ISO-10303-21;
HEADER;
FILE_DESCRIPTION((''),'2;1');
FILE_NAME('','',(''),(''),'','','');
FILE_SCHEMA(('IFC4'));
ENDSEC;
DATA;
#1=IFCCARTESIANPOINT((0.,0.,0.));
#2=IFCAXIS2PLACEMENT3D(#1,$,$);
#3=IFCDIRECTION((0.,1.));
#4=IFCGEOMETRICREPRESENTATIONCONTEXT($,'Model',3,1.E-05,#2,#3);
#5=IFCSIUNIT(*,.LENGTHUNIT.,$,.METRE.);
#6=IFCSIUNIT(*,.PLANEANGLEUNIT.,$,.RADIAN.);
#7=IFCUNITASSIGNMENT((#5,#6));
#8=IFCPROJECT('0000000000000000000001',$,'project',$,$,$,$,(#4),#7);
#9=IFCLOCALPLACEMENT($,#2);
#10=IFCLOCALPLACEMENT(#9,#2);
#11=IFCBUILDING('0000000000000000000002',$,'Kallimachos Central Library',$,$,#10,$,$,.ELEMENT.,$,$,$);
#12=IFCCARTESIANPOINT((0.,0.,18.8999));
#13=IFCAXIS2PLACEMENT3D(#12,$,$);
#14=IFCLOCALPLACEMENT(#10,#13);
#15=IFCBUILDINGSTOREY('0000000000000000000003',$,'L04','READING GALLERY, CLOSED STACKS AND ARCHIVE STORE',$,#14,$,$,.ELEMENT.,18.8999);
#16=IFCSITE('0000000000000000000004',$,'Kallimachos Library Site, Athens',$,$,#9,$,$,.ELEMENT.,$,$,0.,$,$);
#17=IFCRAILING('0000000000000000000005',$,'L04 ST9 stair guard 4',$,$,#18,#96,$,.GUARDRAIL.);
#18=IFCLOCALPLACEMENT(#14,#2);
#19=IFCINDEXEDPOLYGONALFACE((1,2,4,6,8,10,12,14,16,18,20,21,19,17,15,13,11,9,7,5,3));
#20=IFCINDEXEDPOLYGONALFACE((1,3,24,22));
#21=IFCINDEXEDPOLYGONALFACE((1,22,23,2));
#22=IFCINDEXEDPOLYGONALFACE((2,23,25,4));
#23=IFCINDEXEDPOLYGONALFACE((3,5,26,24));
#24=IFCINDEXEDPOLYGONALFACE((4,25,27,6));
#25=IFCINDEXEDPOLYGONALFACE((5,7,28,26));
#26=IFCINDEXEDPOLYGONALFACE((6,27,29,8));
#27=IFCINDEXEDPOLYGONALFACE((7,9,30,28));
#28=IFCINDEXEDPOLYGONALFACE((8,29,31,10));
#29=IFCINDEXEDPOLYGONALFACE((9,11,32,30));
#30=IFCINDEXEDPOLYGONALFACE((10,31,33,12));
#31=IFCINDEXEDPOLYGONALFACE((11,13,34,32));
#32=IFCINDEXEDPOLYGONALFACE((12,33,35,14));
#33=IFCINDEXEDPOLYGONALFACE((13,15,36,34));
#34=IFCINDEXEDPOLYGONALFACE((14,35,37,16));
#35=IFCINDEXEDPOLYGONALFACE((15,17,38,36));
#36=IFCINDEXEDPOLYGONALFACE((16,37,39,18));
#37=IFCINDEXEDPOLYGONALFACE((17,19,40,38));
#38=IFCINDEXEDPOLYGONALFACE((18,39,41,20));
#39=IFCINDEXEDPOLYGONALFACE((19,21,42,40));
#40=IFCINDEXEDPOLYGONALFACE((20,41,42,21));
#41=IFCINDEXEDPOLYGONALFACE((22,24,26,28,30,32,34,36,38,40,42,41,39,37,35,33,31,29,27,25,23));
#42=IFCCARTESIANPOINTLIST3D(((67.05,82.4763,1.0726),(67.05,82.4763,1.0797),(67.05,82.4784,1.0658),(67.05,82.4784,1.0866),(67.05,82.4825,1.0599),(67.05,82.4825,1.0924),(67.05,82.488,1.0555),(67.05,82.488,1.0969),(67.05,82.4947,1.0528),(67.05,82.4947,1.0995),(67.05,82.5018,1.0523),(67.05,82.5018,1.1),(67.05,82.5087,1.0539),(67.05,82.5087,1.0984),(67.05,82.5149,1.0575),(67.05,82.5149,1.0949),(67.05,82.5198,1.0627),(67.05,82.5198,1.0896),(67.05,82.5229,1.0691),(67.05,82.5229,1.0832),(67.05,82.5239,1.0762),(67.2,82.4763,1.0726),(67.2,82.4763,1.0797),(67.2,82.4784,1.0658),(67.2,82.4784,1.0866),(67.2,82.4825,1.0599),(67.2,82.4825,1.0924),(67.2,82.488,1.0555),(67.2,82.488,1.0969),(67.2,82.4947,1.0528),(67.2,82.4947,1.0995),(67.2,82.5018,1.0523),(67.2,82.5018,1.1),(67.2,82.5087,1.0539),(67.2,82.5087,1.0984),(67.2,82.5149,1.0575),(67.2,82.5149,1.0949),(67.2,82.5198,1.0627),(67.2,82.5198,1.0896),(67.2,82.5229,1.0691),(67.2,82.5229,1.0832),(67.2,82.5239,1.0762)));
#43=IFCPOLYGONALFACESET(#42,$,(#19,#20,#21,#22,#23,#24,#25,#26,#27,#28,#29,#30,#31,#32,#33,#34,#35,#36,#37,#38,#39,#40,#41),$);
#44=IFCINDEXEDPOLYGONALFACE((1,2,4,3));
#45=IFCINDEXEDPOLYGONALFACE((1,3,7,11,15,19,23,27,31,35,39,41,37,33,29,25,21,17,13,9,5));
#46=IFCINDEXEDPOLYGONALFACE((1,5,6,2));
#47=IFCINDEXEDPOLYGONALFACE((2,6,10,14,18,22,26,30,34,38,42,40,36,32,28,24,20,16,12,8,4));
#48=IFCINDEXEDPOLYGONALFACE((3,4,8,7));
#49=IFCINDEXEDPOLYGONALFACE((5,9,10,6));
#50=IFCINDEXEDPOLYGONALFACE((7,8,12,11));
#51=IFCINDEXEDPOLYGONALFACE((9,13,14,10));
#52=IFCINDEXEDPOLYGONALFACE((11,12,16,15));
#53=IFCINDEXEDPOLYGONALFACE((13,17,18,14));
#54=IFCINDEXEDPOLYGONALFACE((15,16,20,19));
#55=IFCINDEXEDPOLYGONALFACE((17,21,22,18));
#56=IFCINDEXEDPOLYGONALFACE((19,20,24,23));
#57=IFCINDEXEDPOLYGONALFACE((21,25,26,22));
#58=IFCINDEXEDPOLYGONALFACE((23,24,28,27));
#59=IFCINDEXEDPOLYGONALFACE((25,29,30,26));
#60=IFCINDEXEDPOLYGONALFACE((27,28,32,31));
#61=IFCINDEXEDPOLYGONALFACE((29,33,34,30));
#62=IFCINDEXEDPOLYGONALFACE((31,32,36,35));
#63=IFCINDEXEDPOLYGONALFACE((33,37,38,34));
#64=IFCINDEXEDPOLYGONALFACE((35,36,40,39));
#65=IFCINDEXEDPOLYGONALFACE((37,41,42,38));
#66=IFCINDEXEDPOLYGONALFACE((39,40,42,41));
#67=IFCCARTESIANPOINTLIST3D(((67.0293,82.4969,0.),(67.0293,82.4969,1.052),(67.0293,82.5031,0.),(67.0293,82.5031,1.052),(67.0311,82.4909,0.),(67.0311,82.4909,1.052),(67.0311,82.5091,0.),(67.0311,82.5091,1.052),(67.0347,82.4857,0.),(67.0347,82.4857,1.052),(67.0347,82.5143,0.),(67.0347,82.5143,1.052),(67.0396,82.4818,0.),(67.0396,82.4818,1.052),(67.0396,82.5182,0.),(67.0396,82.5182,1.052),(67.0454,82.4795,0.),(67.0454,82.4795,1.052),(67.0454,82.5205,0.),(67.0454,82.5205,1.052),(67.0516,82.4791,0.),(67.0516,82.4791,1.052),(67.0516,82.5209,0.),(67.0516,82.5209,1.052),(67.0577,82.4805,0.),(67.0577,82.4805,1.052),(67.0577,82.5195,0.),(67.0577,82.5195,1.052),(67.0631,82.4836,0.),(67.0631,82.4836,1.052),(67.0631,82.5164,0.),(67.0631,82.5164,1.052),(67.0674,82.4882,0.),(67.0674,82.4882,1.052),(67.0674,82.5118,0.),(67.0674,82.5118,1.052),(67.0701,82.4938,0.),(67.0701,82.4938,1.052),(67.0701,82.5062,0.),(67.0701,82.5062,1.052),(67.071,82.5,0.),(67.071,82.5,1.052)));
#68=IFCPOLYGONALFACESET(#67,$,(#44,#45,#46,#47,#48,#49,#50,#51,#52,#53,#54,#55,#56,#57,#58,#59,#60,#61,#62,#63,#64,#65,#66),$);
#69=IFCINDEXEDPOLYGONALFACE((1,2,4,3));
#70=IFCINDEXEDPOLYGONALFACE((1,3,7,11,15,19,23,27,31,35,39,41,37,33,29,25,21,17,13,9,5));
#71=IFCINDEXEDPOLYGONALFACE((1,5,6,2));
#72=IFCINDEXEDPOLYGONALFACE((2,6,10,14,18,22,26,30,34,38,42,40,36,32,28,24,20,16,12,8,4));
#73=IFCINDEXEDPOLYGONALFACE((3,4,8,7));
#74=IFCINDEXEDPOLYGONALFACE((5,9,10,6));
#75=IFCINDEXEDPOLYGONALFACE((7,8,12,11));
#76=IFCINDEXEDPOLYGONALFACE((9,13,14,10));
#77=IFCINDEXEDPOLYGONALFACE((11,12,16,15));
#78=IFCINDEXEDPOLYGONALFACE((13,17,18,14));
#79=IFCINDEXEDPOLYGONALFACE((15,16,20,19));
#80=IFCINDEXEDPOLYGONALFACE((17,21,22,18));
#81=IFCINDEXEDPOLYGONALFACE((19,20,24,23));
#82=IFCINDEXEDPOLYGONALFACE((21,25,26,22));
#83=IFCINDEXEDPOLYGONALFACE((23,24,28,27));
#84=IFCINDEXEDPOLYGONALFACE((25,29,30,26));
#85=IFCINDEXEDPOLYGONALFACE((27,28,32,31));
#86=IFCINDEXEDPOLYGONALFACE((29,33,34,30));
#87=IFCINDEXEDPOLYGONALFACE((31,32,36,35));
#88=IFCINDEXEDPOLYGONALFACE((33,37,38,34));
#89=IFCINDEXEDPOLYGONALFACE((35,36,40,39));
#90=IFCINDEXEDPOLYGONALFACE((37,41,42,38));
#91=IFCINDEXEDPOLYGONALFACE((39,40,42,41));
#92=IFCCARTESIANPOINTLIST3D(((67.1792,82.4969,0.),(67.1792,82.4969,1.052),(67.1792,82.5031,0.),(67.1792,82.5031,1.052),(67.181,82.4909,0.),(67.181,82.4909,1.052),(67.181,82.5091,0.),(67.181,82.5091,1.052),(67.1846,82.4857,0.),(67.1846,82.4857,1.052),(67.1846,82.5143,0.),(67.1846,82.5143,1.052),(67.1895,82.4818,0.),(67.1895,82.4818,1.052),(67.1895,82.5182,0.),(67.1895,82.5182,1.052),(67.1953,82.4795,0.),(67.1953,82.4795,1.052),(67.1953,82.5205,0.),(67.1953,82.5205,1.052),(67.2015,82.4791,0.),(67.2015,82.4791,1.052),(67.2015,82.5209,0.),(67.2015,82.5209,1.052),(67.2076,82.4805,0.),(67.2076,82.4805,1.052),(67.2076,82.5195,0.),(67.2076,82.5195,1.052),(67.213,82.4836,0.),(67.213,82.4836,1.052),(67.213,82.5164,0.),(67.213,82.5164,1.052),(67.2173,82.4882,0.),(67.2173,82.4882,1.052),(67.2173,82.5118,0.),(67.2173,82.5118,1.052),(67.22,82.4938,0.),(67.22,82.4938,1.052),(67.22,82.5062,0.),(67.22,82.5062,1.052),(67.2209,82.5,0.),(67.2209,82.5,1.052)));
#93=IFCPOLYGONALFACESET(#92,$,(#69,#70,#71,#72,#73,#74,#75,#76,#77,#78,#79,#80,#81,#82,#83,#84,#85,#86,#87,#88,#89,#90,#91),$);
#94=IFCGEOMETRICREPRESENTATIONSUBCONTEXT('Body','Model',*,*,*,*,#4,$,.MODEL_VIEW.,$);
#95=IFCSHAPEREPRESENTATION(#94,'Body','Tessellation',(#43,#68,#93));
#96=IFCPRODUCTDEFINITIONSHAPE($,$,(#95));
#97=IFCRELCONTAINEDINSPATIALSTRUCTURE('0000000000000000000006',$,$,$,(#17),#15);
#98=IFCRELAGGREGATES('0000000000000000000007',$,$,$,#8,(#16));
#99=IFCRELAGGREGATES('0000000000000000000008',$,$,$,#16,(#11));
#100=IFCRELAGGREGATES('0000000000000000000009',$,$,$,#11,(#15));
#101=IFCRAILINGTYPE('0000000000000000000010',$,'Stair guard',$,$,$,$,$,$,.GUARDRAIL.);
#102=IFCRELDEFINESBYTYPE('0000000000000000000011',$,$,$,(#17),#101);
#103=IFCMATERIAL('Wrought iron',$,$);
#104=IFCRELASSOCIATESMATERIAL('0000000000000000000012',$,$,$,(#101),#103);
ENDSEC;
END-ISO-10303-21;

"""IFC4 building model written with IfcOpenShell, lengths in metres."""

from ifc_helpers import new_model, si_unit, direction, frame, origin, origin_2d, place, context, subcontext, project, spatial, circle, extrude, material, type_object, element, save


model = new_model("IFC4")

# Units and contexts
model_context = context("Model", 3, precision=1e-05, world=origin(), true_north=direction((0.0, 1.0)))
body_context = subcontext(model_context, "Body", "Model", "MODEL_VIEW")
ifc_project = project(units=[si_unit("LENGTHUNIT", "METRE"), si_unit("PLANEANGLEUNIT", "RADIAN")], contexts=[model_context])

# Site, building, storey
site_placement = place(None, origin())
site = spatial("IfcSite", under=ifc_project, at=site_placement, Name="Kallimachos Library Site, Athens", CompositionType="ELEMENT", RefElevation=0.0)
building_placement = place(site_placement, origin())
building = spatial("IfcBuilding", under=site, at=building_placement, Name="Kallimachos Central Library", CompositionType="ELEMENT")
storey_placement = place(building_placement, frame((0.0, 0.0, 18.8999)))
storey = spatial("IfcBuildingStorey", under=building, at=storey_placement, Name="L04", Description="READING GALLERY, CLOSED STACKS AND ARCHIVE STORE", CompositionType="ELEMENT", Elevation=18.8999)

# Railing
ifc_material_1 = material(Name="Wrought iron")
railing_type_1 = type_object("IfcRailingType", Name="Stair guard", PredefinedType="GUARDRAIL", material=ifc_material_1)
railing_1_placement = place(storey_placement, frame((67.05, 82.5, 0.0)))
element("IfcRailing", 1, at=railing_1_placement, inside=storey, type_object=railing_type_1, Name="L04 ST9 stair guard 4", PredefinedType="GUARDRAIL", context=body_context, shape_type="SweptSolid", body=[
    extrude(circle(Radius=0.0239, at=origin_2d()), frame((0.0, 0.0, 1.0762), z_axis=(1.0, 0.0, 0.0), x_axis=(0.0, 1.0, 0.0)), (0.0, 0.0, 1.0), 0.1499),
    extrude(circle(Radius=0.021, at=origin_2d()), origin(), (0.0, 0.0, 1.0), 1.052),
    extrude(circle(Radius=0.021, at=origin_2d()), frame((0.1499, 0.0, 0.0)), (0.0, 0.0, 1.0), 1.052),
])

save(model, "model.ifc")
